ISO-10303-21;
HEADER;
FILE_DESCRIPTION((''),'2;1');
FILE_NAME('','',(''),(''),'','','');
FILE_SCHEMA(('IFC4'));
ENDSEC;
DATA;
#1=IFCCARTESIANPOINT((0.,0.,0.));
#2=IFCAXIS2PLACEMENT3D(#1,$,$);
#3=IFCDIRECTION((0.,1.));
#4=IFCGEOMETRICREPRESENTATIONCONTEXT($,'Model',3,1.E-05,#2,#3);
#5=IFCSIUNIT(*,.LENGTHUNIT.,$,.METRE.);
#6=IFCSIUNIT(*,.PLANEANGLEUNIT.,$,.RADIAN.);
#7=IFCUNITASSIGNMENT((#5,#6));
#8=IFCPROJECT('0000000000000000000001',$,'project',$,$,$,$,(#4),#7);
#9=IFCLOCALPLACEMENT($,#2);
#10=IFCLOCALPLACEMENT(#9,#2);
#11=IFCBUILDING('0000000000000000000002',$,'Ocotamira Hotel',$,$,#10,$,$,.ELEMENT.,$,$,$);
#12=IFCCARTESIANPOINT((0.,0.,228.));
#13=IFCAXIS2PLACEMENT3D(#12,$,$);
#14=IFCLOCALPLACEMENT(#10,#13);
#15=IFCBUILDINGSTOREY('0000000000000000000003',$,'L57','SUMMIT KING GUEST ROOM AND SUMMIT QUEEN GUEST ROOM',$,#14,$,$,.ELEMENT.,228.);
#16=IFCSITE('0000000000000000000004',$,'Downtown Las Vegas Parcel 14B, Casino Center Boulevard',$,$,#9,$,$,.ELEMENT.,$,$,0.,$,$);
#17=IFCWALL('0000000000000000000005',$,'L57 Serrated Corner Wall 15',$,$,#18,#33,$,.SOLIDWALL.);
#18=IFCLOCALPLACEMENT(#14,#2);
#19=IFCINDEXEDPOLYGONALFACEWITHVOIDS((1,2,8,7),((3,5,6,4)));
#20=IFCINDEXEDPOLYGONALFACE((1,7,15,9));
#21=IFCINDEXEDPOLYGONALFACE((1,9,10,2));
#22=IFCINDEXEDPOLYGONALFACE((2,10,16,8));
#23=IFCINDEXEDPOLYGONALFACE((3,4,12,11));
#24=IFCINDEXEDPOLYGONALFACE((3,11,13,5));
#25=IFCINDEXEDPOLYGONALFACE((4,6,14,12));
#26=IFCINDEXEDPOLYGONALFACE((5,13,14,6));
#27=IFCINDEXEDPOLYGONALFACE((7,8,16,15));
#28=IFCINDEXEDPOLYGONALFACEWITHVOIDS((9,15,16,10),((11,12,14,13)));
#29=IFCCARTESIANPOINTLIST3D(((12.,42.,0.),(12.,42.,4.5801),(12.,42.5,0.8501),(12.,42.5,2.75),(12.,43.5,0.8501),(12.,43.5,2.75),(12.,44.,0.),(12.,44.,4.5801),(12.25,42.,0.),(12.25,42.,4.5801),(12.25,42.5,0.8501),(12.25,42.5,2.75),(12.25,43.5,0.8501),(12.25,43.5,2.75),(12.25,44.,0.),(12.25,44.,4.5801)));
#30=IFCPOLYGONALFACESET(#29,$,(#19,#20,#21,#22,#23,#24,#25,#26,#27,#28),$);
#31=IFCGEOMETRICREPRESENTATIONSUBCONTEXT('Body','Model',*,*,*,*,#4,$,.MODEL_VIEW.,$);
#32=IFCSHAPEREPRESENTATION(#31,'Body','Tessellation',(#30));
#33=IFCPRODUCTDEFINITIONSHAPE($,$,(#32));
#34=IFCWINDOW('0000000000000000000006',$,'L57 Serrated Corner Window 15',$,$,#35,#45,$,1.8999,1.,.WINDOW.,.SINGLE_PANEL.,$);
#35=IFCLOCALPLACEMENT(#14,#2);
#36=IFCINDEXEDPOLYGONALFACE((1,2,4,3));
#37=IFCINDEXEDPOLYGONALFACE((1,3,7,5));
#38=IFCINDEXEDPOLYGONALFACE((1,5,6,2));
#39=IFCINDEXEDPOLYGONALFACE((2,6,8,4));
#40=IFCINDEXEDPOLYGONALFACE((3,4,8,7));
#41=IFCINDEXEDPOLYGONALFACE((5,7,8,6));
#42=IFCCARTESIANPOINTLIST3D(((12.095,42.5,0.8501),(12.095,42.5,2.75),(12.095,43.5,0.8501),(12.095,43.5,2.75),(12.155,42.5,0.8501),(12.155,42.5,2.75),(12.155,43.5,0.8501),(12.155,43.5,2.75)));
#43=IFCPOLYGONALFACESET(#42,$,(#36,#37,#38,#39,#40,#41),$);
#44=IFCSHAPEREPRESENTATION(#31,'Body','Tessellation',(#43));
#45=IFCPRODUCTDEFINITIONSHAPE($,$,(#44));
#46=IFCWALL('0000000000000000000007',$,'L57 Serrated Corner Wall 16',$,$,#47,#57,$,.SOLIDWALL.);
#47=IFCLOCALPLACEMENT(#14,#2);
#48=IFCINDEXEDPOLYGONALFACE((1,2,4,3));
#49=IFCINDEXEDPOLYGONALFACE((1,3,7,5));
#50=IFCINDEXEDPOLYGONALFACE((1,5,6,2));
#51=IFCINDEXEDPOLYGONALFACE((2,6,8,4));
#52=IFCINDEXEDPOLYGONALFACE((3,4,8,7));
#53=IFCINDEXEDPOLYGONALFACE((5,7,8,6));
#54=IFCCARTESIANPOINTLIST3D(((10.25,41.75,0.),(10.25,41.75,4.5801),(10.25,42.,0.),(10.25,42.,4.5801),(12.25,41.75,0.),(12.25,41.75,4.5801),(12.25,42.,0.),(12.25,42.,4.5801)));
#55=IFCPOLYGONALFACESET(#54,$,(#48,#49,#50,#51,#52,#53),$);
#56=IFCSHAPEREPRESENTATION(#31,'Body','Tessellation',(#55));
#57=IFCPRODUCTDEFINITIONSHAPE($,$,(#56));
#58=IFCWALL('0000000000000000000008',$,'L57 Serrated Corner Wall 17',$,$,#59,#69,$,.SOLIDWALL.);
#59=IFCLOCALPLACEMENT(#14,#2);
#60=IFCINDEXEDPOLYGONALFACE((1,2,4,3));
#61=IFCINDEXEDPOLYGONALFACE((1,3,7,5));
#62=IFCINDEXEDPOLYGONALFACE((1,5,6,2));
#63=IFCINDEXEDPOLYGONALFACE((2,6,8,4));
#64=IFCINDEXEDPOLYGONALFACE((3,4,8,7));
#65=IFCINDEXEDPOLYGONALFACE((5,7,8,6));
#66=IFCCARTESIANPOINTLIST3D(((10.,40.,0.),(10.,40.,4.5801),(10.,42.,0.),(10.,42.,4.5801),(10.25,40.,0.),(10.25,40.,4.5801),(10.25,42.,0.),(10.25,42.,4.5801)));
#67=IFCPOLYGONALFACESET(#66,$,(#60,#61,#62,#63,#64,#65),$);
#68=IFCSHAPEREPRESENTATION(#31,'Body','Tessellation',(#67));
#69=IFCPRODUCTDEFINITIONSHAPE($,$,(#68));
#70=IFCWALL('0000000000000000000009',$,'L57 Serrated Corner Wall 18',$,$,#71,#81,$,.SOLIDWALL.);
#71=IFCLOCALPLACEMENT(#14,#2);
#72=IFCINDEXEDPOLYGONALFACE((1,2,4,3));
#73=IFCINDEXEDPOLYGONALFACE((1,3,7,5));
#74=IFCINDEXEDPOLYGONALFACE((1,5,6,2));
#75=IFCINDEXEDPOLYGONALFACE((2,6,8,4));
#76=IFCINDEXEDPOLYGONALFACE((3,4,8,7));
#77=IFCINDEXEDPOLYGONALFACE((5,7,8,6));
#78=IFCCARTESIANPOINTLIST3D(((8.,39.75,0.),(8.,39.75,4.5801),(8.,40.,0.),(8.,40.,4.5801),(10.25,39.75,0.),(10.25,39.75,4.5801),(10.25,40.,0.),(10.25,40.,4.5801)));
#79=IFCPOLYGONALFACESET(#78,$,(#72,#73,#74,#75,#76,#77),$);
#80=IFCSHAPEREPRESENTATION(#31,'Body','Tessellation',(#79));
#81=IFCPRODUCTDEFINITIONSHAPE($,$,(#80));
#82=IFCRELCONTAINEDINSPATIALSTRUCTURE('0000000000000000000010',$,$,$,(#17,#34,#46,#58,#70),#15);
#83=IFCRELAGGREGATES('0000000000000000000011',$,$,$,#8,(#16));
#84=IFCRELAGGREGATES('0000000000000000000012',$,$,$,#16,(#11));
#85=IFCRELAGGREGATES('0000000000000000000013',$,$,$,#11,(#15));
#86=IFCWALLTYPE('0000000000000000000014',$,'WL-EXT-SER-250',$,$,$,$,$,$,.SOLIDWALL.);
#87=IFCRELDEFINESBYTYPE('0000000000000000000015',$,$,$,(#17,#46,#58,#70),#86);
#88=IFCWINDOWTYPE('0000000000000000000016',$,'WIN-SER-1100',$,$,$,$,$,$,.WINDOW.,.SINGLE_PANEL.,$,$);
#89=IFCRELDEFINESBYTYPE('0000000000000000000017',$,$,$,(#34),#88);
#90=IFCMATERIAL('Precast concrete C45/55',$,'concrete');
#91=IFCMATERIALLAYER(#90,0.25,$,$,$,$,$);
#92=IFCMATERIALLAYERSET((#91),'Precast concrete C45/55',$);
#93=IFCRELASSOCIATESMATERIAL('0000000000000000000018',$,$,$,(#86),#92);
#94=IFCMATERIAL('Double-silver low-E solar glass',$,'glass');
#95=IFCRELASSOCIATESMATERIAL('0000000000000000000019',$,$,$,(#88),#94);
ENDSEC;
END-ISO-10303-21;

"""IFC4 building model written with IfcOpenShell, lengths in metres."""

from ifc_helpers import new_model, si_unit, direction, frame, frame_2d, origin, place, context, subcontext, project, spatial, rectangle, extrude, source, transform, mapped, material, layer, layer_set, type_object, element, fill, save


model = new_model("IFC4")

# Units and contexts
model_context = context("Model", 3, precision=1e-05, world=origin(), true_north=direction((0.0, 1.0)))
body_context = subcontext(model_context, "Body", "Model", "MODEL_VIEW")
ifc_project = project(units=[si_unit("LENGTHUNIT", "METRE"), si_unit("PLANEANGLEUNIT", "RADIAN")], contexts=[model_context])

# Site, building, storey
site_placement = place(None, origin())
site = spatial("IfcSite", under=ifc_project, at=site_placement, Name="Downtown Las Vegas Parcel 14B, Casino Center Boulevard", CompositionType="ELEMENT", RefElevation=0.0)
building_placement = place(site_placement, origin())
building = spatial("IfcBuilding", under=site, at=building_placement, Name="Ocotamira Hotel", CompositionType="ELEMENT")
storey_placement = place(building_placement, frame((0.0, 0.0, 228.0)))
storey = spatial("IfcBuildingStorey", under=building, at=storey_placement, Name="L57", Description="SUMMIT KING GUEST ROOM AND SUMMIT QUEEN GUEST ROOM", CompositionType="ELEMENT", Elevation=228.0)

# Wall, opening, window
ifc_material_1 = material(Name="Precast concrete C45/55", Category="concrete")
ifc_layer_1 = layer(ifc_material_1, 0.25)
ifc_layer_set_1 = layer_set([ifc_layer_1], Name="Precast concrete C45/55")
wall_type_1 = type_object("IfcWallType", Name="WL-EXT-SER-250", PredefinedType="SOLIDWALL", material=ifc_layer_set_1)
wall_1_placement = place(storey_placement, frame((12.125, 44.0, 0.0), z_axis=(0.0, 0.0, 1.0), x_axis=(0.0, -1.0, 0.0)))
wall_1 = element("IfcWall", 1, at=wall_1_placement, inside=storey, type_object=wall_type_1, Name="L57 Serrated Corner Wall 15", PredefinedType="SOLIDWALL", context=body_context, shape_type="SweptSolid", body=[
    extrude(rectangle(XDim=2.0, YDim=0.25, at=frame_2d((1.0, 0.0))), origin(), (0.0, 0.0, 1.0), 4.5801),
])
opening_1_placement = place(wall_1_placement, frame((0.5, 0.0, 0.8501)))
opening_1 = element("IfcOpeningElement", 2, at=opening_1_placement, cuts=wall_1, PredefinedType="OPENING", context=body_context, shape_type="SweptSolid", body=[
    extrude(rectangle(XDim=1.0, YDim=1.8999, at=frame_2d((0.5, 0.95))), frame((0.0, 0.135, 0.0), z_axis=(0.0, -1.0, 0.0), x_axis=(1.0, 0.0, 0.0)), (0.0, 0.0, 1.0), 0.27),
])
ifc_material_2 = material(Name="Double-silver low-E solar glass", Category="glass")
window_type = type_object("IfcWindowType", Name="WIN-SER-1100", PartitioningType="SINGLE_PANEL", PredefinedType="WINDOW", material=ifc_material_2)
shared_shape_1 = source(origin(), body_context, "Body", "SweptSolid", [
    extrude(rectangle(XDim=1.0, YDim=1.8999, at=frame_2d((0.5, 0.95))), frame((0.0, 0.03, 0.0), z_axis=(0.0, -1.0, 0.0), x_axis=(1.0, 0.0, 0.0)), (0.0, 0.0, 1.0), 0.0601),
])
window_placement = place(opening_1_placement, origin())
window = element("IfcWindow", 3, at=window_placement, inside=storey, type_object=window_type, Name="L57 Serrated Corner Window 15", OverallHeight=1.8999, OverallWidth=1.0, PartitioningType="SINGLE_PANEL", PredefinedType="WINDOW", context=body_context, shape_type="MappedRepresentation", body=[
    mapped(shared_shape_1, transform((0.0, 0.0, 0.0), scale=1.0)),
])
fill(opening_1, window)

# Walls
for number, where, z_axis, x_axis, name in (
    (4, (12.25, 41.875, 0.0), (0.0, 0.0, 1.0), (-1.0, 0.0, 0.0), "L57 Serrated Corner Wall 16"),
    (5, (10.125, 42.0, 0.0), (0.0, 0.0, 1.0), (0.0, -1.0, 0.0), "L57 Serrated Corner Wall 17"),
):
    element("IfcWall", number, at=place(storey_placement, frame(where, z_axis=z_axis, x_axis=x_axis)), inside=storey, type_object=wall_type_1, Name=name, PredefinedType="SOLIDWALL", context=body_context, shape_type="SweptSolid", body=[
        extrude(rectangle(XDim=2.0, YDim=0.25, at=frame_2d((1.0, 0.0))), origin(), (0.0, 0.0, 1.0), 4.5801),
    ])
wall_2_placement = place(storey_placement, frame((10.25, 39.875, 0.0), z_axis=(0.0, 0.0, 1.0), x_axis=(-1.0, 0.0, 0.0)))
element("IfcWall", 6, at=wall_2_placement, inside=storey, type_object=wall_type_1, Name="L57 Serrated Corner Wall 18", PredefinedType="SOLIDWALL", context=body_context, shape_type="SweptSolid", body=[
    extrude(rectangle(XDim=2.25, YDim=0.25, at=frame_2d((1.125, 0.0))), origin(), (0.0, 0.0, 1.0), 4.5801),
])

save(model, "model.ifc")
